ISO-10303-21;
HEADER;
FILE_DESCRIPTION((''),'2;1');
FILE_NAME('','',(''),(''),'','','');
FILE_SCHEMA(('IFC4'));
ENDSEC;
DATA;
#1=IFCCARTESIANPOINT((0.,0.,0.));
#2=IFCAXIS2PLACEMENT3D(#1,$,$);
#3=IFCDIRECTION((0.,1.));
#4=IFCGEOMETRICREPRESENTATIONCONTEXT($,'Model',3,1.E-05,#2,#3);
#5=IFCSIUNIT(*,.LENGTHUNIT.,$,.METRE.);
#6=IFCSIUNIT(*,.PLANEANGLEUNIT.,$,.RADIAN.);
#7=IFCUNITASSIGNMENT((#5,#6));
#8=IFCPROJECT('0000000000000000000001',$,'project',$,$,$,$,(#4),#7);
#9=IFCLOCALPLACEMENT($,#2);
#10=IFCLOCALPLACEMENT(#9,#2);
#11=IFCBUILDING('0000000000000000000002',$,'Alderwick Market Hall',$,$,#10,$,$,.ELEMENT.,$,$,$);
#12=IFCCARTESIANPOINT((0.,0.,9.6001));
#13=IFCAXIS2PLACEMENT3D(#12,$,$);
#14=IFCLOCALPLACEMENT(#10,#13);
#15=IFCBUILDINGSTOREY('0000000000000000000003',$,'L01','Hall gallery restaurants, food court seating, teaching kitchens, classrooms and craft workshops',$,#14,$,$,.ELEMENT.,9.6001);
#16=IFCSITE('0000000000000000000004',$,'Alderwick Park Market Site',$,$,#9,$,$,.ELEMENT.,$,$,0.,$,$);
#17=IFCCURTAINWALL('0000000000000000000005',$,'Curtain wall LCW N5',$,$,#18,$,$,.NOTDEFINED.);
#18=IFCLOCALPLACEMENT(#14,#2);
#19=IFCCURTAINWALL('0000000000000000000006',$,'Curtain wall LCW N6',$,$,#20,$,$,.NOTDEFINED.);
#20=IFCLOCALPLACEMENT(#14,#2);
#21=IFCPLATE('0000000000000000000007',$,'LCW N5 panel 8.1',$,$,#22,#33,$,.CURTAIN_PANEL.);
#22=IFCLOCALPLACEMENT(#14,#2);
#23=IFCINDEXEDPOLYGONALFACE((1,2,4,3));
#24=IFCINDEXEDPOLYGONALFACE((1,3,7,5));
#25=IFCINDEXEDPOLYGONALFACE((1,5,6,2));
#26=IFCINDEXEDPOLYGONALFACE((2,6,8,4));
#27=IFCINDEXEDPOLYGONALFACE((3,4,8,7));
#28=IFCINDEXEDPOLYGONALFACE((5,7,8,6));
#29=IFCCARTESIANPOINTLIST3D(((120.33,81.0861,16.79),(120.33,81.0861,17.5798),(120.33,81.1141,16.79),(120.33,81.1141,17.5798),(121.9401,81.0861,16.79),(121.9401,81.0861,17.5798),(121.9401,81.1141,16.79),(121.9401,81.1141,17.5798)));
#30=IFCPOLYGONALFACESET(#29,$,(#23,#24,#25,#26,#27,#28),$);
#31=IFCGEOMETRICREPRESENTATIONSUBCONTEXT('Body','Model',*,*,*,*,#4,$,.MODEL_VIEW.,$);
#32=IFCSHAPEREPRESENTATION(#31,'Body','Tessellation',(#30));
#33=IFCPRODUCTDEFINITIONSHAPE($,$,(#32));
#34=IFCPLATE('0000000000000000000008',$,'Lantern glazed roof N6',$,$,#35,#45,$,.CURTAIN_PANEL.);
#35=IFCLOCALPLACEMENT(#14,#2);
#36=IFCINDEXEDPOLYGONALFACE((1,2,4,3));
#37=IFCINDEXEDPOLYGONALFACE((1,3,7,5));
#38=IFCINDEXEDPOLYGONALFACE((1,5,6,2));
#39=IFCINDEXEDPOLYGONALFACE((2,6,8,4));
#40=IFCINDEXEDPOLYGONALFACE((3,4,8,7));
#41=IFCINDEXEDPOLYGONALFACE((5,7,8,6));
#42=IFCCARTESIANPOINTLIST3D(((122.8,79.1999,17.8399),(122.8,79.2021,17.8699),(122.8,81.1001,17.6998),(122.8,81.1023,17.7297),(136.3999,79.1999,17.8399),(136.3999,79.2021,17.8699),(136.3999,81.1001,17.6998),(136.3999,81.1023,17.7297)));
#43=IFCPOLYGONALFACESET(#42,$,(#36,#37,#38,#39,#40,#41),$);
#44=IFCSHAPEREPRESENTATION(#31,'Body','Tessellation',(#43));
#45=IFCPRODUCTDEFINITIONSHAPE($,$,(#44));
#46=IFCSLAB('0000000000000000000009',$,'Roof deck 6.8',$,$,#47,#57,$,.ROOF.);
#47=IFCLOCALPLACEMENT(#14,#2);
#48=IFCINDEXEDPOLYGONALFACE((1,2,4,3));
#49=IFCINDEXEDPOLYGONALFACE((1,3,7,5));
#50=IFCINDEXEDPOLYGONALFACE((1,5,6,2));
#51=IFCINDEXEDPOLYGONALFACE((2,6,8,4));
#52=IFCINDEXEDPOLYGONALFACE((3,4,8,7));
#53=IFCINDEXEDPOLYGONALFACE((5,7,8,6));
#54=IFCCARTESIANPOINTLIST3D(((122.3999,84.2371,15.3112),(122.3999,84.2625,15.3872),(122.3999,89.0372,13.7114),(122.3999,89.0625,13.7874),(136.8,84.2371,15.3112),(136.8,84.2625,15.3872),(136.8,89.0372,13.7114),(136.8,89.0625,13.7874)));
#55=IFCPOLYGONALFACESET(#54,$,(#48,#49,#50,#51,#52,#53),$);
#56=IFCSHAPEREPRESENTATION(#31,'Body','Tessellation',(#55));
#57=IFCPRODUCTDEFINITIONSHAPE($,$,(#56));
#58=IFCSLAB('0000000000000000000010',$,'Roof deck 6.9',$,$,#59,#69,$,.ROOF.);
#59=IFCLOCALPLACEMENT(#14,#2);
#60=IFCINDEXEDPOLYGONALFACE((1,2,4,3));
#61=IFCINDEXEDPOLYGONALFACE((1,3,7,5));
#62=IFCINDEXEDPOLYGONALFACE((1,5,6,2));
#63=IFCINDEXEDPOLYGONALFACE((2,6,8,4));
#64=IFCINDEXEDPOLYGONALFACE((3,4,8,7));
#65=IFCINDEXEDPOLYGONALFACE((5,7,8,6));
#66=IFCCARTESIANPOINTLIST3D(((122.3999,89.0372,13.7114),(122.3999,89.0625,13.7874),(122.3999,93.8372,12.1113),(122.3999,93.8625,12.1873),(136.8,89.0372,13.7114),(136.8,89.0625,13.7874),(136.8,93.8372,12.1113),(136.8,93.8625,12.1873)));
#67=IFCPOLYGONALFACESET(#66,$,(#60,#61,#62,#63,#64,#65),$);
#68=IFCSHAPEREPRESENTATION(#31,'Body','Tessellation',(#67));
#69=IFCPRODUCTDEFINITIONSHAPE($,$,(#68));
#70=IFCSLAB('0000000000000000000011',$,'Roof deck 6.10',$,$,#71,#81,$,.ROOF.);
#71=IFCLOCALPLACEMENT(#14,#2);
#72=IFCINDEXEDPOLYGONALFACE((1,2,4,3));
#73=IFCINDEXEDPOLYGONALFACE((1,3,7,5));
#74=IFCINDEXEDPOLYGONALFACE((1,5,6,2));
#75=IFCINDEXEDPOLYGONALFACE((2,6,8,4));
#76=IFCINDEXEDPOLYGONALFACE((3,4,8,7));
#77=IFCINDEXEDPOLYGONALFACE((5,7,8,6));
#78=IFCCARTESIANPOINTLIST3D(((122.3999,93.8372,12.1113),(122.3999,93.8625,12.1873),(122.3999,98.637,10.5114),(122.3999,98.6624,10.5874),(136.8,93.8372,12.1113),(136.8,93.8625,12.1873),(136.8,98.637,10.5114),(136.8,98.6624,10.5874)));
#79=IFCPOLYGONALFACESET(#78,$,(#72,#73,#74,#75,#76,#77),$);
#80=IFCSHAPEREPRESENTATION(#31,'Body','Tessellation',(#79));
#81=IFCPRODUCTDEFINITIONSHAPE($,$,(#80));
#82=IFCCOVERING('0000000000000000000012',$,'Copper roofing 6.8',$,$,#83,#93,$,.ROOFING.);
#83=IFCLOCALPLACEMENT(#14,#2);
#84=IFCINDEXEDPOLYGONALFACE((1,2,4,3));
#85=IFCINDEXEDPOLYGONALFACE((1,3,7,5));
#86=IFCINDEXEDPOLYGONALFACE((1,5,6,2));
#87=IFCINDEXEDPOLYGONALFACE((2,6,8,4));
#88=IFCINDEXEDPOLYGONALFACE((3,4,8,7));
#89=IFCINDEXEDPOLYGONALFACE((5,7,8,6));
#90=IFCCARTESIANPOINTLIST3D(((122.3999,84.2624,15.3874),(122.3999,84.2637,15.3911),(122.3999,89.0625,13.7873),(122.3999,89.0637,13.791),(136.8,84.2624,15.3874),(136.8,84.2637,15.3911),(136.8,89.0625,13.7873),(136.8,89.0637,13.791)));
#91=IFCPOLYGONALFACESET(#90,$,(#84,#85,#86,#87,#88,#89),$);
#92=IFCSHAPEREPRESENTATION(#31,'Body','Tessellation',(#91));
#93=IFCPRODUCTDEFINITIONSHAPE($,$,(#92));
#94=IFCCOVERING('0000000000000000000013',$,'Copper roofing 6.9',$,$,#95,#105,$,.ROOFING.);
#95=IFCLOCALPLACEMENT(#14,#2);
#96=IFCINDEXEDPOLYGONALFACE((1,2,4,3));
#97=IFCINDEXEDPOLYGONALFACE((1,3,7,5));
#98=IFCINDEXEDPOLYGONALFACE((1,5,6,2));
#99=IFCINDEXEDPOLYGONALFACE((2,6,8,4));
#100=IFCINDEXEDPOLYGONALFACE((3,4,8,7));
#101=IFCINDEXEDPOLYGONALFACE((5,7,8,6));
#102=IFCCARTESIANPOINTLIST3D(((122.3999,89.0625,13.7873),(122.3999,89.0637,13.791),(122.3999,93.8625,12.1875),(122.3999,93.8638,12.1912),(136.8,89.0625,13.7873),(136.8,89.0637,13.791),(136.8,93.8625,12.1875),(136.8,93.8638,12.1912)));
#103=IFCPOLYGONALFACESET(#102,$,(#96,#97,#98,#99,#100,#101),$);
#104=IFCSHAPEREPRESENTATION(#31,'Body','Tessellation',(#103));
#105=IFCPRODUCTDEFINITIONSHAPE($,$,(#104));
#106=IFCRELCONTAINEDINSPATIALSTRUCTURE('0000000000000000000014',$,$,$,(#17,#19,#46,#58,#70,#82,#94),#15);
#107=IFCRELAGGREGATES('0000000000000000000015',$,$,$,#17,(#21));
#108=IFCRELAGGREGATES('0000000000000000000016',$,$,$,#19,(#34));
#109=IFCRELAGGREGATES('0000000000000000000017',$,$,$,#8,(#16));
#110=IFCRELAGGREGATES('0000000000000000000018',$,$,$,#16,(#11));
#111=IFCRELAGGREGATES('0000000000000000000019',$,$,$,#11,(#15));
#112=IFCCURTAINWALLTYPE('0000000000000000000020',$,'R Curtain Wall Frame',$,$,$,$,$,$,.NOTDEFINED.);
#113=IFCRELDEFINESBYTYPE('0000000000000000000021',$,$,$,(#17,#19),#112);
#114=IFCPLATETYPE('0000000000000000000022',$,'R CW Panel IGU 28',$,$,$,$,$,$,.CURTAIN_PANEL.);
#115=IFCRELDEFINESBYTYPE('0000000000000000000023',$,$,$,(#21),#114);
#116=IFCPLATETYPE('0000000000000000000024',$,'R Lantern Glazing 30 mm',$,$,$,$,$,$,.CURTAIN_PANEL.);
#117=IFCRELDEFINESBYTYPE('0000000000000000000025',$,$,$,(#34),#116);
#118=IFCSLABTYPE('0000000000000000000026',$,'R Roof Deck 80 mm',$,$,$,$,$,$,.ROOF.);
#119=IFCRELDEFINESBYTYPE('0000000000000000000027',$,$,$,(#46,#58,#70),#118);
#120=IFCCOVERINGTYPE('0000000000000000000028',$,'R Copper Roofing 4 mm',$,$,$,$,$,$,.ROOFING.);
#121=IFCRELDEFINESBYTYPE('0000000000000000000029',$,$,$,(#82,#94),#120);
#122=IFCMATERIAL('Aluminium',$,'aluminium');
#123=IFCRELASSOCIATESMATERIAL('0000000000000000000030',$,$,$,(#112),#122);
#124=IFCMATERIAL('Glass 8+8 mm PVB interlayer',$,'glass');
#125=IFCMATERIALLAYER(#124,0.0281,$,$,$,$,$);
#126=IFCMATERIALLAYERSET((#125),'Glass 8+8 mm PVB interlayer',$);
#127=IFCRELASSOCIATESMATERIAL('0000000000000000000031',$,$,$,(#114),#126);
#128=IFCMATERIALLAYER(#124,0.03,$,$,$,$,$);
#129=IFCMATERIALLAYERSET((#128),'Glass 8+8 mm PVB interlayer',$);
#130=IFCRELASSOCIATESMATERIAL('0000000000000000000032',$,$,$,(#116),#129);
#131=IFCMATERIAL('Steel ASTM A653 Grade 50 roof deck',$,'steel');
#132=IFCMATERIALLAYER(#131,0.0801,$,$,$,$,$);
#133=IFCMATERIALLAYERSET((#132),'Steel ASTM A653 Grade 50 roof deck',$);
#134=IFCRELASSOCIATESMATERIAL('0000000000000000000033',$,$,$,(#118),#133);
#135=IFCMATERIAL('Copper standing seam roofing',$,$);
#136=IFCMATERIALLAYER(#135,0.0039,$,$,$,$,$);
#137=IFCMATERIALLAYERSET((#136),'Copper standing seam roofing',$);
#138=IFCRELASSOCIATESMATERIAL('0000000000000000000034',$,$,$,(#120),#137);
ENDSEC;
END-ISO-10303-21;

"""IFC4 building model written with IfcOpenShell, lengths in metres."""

from ifc_helpers import new_model, si_unit, direction, frame, origin, origin_2d, place, context, subcontext, project, spatial, polyline, rectangle, outline, extrude, material, layer, layer_set, type_object, element, aggregate, save


model = new_model("IFC4")

# Units and contexts
model_context = context("Model", 3, precision=1e-05, world=origin(), true_north=direction((0.0, 1.0)))
body_context = subcontext(model_context, "Body", "Model", "MODEL_VIEW")
ifc_project = project(units=[si_unit("LENGTHUNIT", "METRE"), si_unit("PLANEANGLEUNIT", "RADIAN")], contexts=[model_context])

# Site, building, storey
site_placement = place(None, origin())
site = spatial("IfcSite", under=ifc_project, at=site_placement, Name="Alderwick Park Market Site", CompositionType="ELEMENT", RefElevation=0.0)
building_placement = place(site_placement, origin())
building = spatial("IfcBuilding", under=site, at=building_placement, Name="Alderwick Market Hall", CompositionType="ELEMENT")
storey_placement = place(building_placement, frame((0.0, 0.0, 9.6001)))
storey = spatial("IfcBuildingStorey", under=building, at=storey_placement, Name="L01", Description="Hall gallery restaurants, food court seating, teaching kitchens, classrooms and craft workshops", CompositionType="ELEMENT", Elevation=9.6001)

# Curtain wall
ifc_material_1 = material(Name="Aluminium", Category="aluminium")
curtain_wall_type = type_object("IfcCurtainWallType", Name="R Curtain Wall Frame", PredefinedType="NOTDEFINED", material=ifc_material_1)
curtain_wall_1_placement = place(storey_placement, origin())
curtain_wall_1 = element("IfcCurtainWall", 1, at=curtain_wall_1_placement, inside=storey, type_object=curtain_wall_type, Name="Curtain wall LCW N5", PredefinedType="NOTDEFINED")

# Curtain wall
curtain_wall_2_placement = place(storey_placement, origin())
curtain_wall_2 = element("IfcCurtainWall", 2, at=curtain_wall_2_placement, inside=storey, type_object=curtain_wall_type, Name="Curtain wall LCW N6", PredefinedType="NOTDEFINED")

# Plates
ifc_material_2 = material(Name="Glass 8+8 mm PVB interlayer", Category="glass")
ifc_layer_1 = layer(ifc_material_2, 0.0281)
ifc_layer_set_1 = layer_set([ifc_layer_1], Name="Glass 8+8 mm PVB interlayer")
plate_type_1 = type_object("IfcPlateType", Name="R CW Panel IGU 28", PredefinedType="CURTAIN_PANEL", material=ifc_layer_set_1)
plate_1_placement = place(storey_placement, frame((121.135, 81.1001, 16.79), z_axis=(0.0, 0.0, 1.0), x_axis=(1.0, 0.0, 0.0)))
plate_1 = element("IfcPlate", 3, at=plate_1_placement, type_object=plate_type_1, Name="LCW N5 panel 8.1", PredefinedType="CURTAIN_PANEL", context=body_context, shape_type="SweptSolid", body=[
    extrude(rectangle(XDim=1.6101, YDim=0.0281, at=origin_2d()), origin(), (0.0, 0.0, 1.0), 0.7898),
])
aggregate(curtain_wall_1, [plate_1])
ifc_layer_2 = layer(ifc_material_2, 0.03)
ifc_layer_set_2 = layer_set([ifc_layer_2], Name="Glass 8+8 mm PVB interlayer")
plate_type_2 = type_object("IfcPlateType", Name="R Lantern Glazing 30 mm", PredefinedType="CURTAIN_PANEL", material=ifc_layer_set_2)
plate_2_placement = place(storey_placement, frame((122.8, 81.1023, 17.7297), z_axis=(0.0, 0.073551, 0.997291), x_axis=(1.0, 0.0, 0.0)))
plate_2 = element("IfcPlate", 4, at=plate_2_placement, type_object=plate_type_2, Name="Lantern glazed roof N6", PredefinedType="CURTAIN_PANEL", context=body_context, shape_type="SweptSolid", body=[
    extrude(outline(polyline([(0.0, 0.0), (13.5999, 0.0), (13.5999, -1.9053), (0.0, -1.9053), (0.0, 0.0)])), origin(), (0.0, 0.0, -1.0), 0.03),
])
aggregate(curtain_wall_2, [plate_2])

# Slabs
ifc_material_3 = material(Name="Steel ASTM A653 Grade 50 roof deck", Category="steel")
ifc_layer_3 = layer(ifc_material_3, 0.0801)
ifc_layer_set_3 = layer_set([ifc_layer_3], Name="Steel ASTM A653 Grade 50 roof deck")
slab_type = type_object("IfcSlabType", Name="R Roof Deck 80 mm", PredefinedType="ROOF", material=ifc_layer_set_3)
slab_1_placement = place(storey_placement, frame((122.3999, 84.2625, 15.3872), z_axis=(0.0, 0.316199, 0.948693), x_axis=(1.0, 0.0, 0.0)))
element("IfcSlab", 5, at=slab_1_placement, inside=storey, type_object=slab_type, Name="Roof deck 6.8", PredefinedType="ROOF", context=body_context, shape_type="SweptSolid", body=[
    extrude(outline(polyline([(0.0, 0.0), (14.4001, 0.0), (14.4001, 5.0596), (0.0, 5.0596), (0.0, 0.0)])), origin(), (0.0, 0.0, -1.0), 0.0801),
])
slab_2_placement = place(storey_placement, frame((122.3999, 89.0625, 13.7874), z_axis=(0.0, 0.316242, 0.948678), x_axis=(1.0, 0.0, 0.0)))
element("IfcSlab", 6, at=slab_2_placement, inside=storey, type_object=slab_type, Name="Roof deck 6.9", PredefinedType="ROOF", context=body_context, shape_type="SweptSolid", body=[
    extrude(outline(polyline([(0.0, 0.0), (14.4001, 0.0), (14.4001, 5.0597), (0.0, 5.0597), (0.0, 0.0)])), origin(), (0.0, 0.0, -1.0), 0.0801),
])
slab_3_placement = place(storey_placement, frame((122.3999, 93.8625, 12.1873), z_axis=(0.0, 0.316213, 0.948688), x_axis=(1.0, 0.0, 0.0)))
element("IfcSlab", 7, at=slab_3_placement, inside=storey, type_object=slab_type, Name="Roof deck 6.10", PredefinedType="ROOF", context=body_context, shape_type="SweptSolid", body=[
    extrude(outline(polyline([(0.0, 0.0), (14.4001, 0.0), (14.4001, 5.0594), (0.0, 5.0594), (0.0, 0.0)])), origin(), (0.0, 0.0, -1.0), 0.0801),
])

# Coverings
ifc_material_4 = material(Name="Copper standing seam roofing")
ifc_layer_4 = layer(ifc_material_4, 0.0039)
ifc_layer_set_4 = layer_set([ifc_layer_4], Name="Copper standing seam roofing")
covering_type = type_object("IfcCoveringType", Name="R Copper Roofing 4 mm", PredefinedType="ROOFING", material=ifc_layer_set_4)
covering_1_placement = place(storey_placement, frame((122.3999, 84.2637, 15.3911), z_axis=(0.0, 0.316242, 0.948678), x_axis=(1.0, 0.0, 0.0)))
element("IfcCovering", 8, at=covering_1_placement, inside=storey, type_object=covering_type, Name="Copper roofing 6.8", PredefinedType="ROOFING", context=body_context, shape_type="SweptSolid", body=[
    extrude(outline(polyline([(0.0, 0.0), (14.4001, 0.0), (14.4001, 5.0597), (0.0, 5.0597), (0.0, 0.0)])), origin(), (0.0, 0.0, -1.0), 0.0039),
])
covering_2_placement = place(storey_placement, frame((122.3999, 89.0637, 13.791), z_axis=(0.0, 0.316199, 0.948693), x_axis=(1.0, 0.0, 0.0)))
element("IfcCovering", 9, at=covering_2_placement, inside=storey, type_object=covering_type, Name="Copper roofing 6.9", PredefinedType="ROOFING", context=body_context, shape_type="SweptSolid", body=[
    extrude(outline(polyline([(0.0, 0.0), (14.4001, 0.0), (14.4001, 5.0596), (0.0, 5.0596), (0.0, 0.0)])), origin(), (0.0, 0.0, -1.0), 0.0039),
])

save(model, "model.ifc")
